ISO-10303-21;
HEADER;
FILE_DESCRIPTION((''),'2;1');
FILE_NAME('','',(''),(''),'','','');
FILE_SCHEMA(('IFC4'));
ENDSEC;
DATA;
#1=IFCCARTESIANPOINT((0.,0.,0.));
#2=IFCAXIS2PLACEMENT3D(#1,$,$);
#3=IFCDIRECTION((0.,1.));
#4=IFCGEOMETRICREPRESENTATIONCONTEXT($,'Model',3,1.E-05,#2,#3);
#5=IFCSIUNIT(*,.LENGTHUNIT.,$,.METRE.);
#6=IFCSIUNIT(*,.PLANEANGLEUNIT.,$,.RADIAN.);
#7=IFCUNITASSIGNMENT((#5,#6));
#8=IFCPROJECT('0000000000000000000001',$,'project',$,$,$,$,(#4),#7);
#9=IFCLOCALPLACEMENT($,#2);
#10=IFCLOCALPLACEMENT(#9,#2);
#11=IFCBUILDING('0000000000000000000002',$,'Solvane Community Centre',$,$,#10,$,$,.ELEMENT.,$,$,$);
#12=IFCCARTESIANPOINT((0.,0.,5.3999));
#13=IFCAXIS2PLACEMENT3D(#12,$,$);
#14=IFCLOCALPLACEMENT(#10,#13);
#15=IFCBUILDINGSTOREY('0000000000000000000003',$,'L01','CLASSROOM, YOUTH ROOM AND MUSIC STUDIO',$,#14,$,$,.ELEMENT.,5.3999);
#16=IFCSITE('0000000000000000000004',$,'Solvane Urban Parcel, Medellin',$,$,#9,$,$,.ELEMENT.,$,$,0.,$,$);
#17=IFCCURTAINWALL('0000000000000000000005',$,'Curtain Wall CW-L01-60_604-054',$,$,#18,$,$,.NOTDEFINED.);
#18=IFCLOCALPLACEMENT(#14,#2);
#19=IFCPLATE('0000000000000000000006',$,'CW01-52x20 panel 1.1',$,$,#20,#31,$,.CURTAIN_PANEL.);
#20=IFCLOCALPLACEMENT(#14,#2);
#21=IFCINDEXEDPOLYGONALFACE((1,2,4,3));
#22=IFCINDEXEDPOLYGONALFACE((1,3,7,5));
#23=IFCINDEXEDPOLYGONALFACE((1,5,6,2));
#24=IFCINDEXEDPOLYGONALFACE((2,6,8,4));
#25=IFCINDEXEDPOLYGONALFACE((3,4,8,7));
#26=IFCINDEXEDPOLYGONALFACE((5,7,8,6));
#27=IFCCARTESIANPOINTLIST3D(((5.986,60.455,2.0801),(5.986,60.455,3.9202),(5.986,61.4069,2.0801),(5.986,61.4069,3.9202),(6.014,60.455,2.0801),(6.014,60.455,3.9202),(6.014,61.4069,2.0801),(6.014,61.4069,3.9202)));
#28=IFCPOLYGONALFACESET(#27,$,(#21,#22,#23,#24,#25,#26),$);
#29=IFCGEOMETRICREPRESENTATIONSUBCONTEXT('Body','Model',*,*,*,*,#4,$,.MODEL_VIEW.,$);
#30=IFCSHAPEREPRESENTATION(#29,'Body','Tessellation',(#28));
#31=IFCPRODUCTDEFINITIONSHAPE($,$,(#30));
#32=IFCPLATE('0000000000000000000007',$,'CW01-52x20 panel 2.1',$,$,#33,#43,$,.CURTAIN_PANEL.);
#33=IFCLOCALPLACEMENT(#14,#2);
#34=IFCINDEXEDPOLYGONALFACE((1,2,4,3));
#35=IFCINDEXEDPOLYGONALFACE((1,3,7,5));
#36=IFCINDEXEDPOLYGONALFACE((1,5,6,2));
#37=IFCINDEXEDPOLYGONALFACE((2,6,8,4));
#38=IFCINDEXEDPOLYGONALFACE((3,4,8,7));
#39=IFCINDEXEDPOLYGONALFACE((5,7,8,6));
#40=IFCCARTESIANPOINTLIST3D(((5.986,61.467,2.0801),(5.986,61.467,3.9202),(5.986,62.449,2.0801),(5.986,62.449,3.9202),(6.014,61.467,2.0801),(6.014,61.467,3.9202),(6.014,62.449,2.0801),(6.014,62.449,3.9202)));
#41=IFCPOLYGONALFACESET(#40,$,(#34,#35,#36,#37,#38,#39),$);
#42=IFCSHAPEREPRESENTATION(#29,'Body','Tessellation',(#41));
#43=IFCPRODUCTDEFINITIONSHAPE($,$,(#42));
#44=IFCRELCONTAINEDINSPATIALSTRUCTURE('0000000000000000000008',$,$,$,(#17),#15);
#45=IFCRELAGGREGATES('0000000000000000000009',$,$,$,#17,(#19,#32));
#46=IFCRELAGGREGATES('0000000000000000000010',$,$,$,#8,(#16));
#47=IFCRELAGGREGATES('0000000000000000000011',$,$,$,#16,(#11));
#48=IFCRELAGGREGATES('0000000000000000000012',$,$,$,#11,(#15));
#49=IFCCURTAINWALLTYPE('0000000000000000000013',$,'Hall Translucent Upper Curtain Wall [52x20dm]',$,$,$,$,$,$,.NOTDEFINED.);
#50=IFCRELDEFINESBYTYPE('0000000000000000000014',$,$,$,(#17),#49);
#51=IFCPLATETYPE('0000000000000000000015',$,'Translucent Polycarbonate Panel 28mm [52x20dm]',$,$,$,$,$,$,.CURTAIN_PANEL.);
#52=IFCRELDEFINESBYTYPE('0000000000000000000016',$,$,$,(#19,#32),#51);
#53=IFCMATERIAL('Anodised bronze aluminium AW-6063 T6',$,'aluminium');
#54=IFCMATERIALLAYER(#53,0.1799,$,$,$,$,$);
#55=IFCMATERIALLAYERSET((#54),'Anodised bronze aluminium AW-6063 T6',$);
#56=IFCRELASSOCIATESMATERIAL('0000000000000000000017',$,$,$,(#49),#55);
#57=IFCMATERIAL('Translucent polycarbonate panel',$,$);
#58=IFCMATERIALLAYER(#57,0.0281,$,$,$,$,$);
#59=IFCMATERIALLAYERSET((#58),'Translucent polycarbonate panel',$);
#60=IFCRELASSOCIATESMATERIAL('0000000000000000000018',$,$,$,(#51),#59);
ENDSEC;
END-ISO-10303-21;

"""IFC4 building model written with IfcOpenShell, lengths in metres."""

from ifc_helpers import new_model, si_unit, direction, frame, origin, origin_2d, place, context, subcontext, project, spatial, rectangle, extrude, material, layer, layer_set, type_object, element, aggregate, save


model = new_model("IFC4")

# Units and contexts
model_context = context("Model", 3, precision=1e-05, world=origin(), true_north=direction((0.0, 1.0)))
body_context = subcontext(model_context, "Body", "Model", "MODEL_VIEW")
ifc_project = project(units=[si_unit("LENGTHUNIT", "METRE"), si_unit("PLANEANGLEUNIT", "RADIAN")], contexts=[model_context])

# Site, building, storey
site_placement = place(None, origin())
site = spatial("IfcSite", under=ifc_project, at=site_placement, Name="Solvane Urban Parcel, Medellin", CompositionType="ELEMENT", RefElevation=0.0)
building_placement = place(site_placement, origin())
building = spatial("IfcBuilding", under=site, at=building_placement, Name="Solvane Community Centre", CompositionType="ELEMENT")
storey_placement = place(building_placement, frame((0.0, 0.0, 5.3999)))
storey = spatial("IfcBuildingStorey", under=building, at=storey_placement, Name="L01", Description="CLASSROOM, YOUTH ROOM AND MUSIC STUDIO", CompositionType="ELEMENT", Elevation=5.3999)

# Curtain wall
ifc_material_1 = material(Name="Anodised bronze aluminium AW-6063 T6", Category="aluminium")
ifc_layer_1 = layer(ifc_material_1, 0.1799)
ifc_layer_set_1 = layer_set([ifc_layer_1], Name="Anodised bronze aluminium AW-6063 T6")
curtain_wall_type_1 = type_object("IfcCurtainWallType", Name="Hall Translucent Upper Curtain Wall [52x20dm]", PredefinedType="NOTDEFINED", material=ifc_layer_set_1)
curtain_wall_1_placement = place(storey_placement, origin())
curtain_wall_1 = element("IfcCurtainWall", 1, at=curtain_wall_1_placement, inside=storey, type_object=curtain_wall_type_1, Name="Curtain Wall CW-L01-60_604-054", PredefinedType="NOTDEFINED")

# Plates
ifc_material_2 = material(Name="Translucent polycarbonate panel")
ifc_layer_2 = layer(ifc_material_2, 0.0281)
ifc_layer_set_2 = layer_set([ifc_layer_2], Name="Translucent polycarbonate panel")
plate_type_1 = type_object("IfcPlateType", Name="Translucent Polycarbonate Panel 28mm [52x20dm]", PredefinedType="CURTAIN_PANEL", material=ifc_layer_set_2)
plate_1_placement = place(storey_placement, frame((6.0, 60.9309, 2.0801), z_axis=(0.0, 0.0, 1.0), x_axis=(0.0, 1.0, 0.0)))
plate_1 = element("IfcPlate", 2, at=plate_1_placement, type_object=plate_type_1, Name="CW01-52x20 panel 1.1", PredefinedType="CURTAIN_PANEL", context=body_context, shape_type="SweptSolid", body=[
    extrude(rectangle(XDim=0.9519, YDim=0.0281, at=origin_2d()), origin(), (0.0, 0.0, 1.0), 1.8401),
])
plate_2_placement = place(storey_placement, frame((6.0, 61.958, 2.0801), z_axis=(0.0, 0.0, 1.0), x_axis=(0.0, 1.0, 0.0)))
plate_2 = element("IfcPlate", 3, at=plate_2_placement, type_object=plate_type_1, Name="CW01-52x20 panel 2.1", PredefinedType="CURTAIN_PANEL", context=body_context, shape_type="SweptSolid", body=[
    extrude(rectangle(XDim=0.9819, YDim=0.0281, at=origin_2d()), origin(), (0.0, 0.0, 1.0), 1.8401),
])
aggregate(curtain_wall_1, [plate_1, plate_2])

save(model, "model.ifc")
